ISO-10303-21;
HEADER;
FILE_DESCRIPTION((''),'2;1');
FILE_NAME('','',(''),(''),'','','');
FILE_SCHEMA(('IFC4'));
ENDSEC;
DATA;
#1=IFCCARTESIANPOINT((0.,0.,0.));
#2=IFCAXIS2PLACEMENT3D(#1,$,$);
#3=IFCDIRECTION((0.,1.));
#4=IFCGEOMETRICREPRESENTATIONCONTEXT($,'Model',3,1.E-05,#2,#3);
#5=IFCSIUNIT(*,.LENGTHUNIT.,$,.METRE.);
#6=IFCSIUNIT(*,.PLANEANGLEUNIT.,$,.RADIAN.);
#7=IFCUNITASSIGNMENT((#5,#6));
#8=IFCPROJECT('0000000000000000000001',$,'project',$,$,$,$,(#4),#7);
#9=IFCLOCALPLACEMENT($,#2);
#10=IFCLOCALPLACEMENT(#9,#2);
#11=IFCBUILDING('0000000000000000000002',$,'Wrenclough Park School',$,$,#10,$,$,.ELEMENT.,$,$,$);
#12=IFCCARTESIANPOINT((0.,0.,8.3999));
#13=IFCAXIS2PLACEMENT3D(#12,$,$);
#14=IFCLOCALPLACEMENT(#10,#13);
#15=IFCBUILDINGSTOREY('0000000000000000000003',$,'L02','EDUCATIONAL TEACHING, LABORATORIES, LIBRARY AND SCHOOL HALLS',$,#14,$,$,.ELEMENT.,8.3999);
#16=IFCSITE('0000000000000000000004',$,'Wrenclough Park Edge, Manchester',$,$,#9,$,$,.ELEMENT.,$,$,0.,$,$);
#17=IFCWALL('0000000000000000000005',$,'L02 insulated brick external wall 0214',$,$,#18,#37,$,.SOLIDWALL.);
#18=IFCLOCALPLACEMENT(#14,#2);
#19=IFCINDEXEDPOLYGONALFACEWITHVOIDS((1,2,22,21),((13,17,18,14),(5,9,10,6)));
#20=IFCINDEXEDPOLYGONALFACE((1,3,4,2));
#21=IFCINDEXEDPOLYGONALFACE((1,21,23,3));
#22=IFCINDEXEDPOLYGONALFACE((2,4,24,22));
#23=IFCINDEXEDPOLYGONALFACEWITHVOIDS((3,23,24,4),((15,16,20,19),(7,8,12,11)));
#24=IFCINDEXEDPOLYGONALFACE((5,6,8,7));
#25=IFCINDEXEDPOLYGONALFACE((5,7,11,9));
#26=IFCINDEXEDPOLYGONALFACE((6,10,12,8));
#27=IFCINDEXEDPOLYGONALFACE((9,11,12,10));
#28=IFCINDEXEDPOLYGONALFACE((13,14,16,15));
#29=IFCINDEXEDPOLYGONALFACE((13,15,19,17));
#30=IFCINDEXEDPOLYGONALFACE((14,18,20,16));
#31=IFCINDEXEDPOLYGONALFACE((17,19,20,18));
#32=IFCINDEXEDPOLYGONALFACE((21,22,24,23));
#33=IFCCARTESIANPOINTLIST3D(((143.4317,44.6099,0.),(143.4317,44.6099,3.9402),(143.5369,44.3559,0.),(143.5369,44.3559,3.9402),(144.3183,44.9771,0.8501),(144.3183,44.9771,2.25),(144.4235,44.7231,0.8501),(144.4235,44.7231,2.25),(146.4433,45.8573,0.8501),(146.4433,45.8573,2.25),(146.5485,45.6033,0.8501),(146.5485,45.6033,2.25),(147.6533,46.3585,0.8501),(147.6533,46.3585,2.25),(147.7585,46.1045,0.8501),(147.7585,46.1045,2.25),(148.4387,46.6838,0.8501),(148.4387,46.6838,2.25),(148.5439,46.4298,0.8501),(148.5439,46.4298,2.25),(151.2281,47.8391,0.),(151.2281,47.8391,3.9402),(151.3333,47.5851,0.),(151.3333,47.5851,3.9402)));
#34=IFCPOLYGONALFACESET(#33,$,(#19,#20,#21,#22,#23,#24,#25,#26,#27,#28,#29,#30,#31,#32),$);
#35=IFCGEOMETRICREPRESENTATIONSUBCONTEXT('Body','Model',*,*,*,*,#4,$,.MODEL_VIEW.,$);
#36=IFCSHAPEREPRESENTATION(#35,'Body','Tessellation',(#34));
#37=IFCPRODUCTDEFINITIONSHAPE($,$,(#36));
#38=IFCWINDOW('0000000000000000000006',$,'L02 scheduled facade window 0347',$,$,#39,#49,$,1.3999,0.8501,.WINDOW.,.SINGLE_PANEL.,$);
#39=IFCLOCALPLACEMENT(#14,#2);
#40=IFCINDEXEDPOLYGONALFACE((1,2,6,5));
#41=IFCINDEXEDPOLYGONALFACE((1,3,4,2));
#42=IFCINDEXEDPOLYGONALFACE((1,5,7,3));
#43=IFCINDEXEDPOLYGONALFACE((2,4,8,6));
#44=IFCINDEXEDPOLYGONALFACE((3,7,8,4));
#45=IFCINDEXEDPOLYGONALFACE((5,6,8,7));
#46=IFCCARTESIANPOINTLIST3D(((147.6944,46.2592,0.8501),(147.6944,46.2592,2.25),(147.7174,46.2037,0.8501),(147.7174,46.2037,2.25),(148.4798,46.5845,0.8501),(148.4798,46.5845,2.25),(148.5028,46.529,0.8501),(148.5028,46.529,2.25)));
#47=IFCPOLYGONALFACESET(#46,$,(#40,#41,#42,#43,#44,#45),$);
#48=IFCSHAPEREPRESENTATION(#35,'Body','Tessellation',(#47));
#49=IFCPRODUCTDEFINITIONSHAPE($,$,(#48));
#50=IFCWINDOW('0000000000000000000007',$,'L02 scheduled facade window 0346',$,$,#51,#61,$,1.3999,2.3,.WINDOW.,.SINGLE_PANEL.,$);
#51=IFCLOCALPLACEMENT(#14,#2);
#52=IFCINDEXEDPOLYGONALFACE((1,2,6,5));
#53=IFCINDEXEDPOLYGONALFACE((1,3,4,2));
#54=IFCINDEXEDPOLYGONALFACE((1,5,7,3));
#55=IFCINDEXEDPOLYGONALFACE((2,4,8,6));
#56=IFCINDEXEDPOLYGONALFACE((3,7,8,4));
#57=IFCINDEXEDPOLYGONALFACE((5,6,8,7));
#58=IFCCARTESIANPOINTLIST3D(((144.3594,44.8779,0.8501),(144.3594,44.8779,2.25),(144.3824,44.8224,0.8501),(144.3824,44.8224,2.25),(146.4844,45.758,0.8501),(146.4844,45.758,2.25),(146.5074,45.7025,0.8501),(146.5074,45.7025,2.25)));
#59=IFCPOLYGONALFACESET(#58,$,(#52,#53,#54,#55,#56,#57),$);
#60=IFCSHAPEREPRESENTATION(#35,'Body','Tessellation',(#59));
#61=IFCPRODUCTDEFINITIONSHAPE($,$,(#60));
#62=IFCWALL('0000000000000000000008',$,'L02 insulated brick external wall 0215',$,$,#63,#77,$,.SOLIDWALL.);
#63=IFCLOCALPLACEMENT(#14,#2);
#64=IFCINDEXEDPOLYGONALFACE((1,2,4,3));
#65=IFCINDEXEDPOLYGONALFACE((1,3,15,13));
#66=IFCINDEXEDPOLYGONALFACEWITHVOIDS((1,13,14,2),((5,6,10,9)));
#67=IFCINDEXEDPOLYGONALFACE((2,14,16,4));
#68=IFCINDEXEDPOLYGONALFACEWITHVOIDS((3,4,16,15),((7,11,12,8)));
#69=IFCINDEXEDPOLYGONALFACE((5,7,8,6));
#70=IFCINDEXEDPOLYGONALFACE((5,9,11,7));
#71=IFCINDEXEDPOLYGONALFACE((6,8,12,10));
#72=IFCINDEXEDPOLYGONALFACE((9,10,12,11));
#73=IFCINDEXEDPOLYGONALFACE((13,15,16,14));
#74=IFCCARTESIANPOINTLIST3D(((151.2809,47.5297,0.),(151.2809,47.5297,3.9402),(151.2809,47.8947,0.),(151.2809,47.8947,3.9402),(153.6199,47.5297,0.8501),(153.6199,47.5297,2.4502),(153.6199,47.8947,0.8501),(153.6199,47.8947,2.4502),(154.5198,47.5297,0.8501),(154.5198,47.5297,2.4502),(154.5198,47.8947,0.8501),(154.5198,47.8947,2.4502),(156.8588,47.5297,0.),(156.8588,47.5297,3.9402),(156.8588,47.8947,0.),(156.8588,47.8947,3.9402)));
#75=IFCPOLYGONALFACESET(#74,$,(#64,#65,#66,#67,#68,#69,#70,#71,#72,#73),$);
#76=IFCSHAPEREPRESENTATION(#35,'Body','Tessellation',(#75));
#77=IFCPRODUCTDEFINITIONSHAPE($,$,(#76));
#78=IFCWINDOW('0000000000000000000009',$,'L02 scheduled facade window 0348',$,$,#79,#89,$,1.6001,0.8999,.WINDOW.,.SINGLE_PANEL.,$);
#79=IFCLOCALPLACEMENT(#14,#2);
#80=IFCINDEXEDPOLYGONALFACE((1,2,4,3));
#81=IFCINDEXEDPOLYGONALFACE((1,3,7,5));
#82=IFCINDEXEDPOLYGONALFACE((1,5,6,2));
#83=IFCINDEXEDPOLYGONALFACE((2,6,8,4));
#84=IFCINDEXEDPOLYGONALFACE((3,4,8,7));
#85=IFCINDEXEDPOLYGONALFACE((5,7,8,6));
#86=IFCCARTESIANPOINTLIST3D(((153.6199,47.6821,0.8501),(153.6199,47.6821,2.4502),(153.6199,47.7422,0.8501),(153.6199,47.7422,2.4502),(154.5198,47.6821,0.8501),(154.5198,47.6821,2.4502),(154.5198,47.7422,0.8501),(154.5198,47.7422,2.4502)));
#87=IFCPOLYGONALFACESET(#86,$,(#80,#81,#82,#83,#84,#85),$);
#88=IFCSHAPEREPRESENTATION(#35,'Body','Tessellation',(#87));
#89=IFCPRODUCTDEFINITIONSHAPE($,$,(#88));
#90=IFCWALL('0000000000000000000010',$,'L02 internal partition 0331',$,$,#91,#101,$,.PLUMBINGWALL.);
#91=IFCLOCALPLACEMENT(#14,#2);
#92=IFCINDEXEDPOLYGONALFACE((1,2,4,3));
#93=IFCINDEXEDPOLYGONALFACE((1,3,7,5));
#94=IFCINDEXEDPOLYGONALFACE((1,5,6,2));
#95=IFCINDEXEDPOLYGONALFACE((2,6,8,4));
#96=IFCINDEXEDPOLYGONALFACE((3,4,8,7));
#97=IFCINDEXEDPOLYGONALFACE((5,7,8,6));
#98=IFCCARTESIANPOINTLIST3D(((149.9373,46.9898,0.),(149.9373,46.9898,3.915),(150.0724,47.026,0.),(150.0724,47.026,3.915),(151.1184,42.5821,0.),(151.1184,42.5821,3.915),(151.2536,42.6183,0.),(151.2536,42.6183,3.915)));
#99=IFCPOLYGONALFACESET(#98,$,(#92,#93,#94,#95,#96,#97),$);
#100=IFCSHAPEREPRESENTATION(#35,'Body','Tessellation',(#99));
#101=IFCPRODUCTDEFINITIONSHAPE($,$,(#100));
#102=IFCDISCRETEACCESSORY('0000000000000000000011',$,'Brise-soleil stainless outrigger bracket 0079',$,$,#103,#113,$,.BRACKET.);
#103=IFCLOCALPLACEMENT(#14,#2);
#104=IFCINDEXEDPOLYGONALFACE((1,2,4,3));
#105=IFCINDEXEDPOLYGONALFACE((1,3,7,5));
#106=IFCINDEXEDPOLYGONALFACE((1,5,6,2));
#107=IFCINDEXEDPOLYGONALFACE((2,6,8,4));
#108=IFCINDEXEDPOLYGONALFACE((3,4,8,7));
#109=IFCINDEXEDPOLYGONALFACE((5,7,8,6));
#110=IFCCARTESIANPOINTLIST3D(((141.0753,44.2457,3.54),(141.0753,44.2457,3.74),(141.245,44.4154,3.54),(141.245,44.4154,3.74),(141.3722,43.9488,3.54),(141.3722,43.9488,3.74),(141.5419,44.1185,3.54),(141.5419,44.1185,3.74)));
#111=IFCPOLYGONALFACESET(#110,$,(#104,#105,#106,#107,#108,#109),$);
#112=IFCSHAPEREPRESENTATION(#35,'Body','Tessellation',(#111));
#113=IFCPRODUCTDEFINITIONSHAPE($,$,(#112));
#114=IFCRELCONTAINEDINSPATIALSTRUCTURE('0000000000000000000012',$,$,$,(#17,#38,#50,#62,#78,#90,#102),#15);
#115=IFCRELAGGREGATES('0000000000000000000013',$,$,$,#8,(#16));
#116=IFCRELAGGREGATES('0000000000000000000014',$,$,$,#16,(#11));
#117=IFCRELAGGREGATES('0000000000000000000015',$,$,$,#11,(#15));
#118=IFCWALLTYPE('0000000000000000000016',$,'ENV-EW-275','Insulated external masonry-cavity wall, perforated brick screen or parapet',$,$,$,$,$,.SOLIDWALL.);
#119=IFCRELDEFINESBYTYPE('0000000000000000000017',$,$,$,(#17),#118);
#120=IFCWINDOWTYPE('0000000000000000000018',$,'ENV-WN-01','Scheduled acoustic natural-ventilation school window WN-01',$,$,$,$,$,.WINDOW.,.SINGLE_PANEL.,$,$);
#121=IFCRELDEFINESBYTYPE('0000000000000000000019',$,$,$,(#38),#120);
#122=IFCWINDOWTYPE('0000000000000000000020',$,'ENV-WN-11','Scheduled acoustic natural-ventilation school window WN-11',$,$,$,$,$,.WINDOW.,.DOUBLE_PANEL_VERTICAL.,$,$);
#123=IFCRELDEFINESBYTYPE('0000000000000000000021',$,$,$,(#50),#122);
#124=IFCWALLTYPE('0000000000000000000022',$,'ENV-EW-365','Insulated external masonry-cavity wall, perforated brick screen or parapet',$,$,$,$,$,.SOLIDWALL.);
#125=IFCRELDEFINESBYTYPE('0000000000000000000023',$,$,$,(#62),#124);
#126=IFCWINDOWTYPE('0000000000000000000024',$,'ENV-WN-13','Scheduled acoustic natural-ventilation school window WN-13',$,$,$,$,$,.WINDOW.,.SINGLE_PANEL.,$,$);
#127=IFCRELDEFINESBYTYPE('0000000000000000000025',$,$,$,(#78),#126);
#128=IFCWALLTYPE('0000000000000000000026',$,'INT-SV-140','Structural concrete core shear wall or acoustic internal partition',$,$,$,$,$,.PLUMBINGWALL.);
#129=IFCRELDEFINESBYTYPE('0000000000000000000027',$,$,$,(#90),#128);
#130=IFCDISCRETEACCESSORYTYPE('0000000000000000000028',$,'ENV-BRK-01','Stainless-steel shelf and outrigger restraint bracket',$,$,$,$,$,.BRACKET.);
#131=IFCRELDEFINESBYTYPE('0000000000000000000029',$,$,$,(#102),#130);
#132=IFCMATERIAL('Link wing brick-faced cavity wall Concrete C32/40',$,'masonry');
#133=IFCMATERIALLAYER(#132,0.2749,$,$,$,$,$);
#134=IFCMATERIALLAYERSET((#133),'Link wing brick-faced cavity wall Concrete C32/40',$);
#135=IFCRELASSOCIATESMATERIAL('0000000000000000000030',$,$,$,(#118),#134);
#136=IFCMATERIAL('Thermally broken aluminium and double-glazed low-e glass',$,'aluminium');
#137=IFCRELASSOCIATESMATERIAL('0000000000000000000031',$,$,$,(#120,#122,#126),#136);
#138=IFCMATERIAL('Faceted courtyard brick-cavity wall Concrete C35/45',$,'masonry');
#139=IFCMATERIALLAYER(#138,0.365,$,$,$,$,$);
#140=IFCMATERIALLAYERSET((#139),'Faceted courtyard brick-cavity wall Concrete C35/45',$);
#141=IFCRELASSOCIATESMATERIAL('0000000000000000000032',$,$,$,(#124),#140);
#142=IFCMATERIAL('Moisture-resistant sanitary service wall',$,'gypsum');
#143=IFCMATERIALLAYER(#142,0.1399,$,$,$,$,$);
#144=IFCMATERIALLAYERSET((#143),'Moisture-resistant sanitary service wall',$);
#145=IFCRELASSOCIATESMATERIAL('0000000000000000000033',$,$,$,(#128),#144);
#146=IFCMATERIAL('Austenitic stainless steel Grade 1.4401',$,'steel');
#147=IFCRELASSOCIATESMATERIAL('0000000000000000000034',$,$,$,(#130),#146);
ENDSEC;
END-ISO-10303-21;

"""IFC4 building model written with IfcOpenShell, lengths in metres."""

from ifc_helpers import new_model, si_unit, direction, frame, frame_2d, origin, origin_2d, place, context, subcontext, project, spatial, rectangle, extrude, material, layer, layer_set, type_object, element, fill, save


model = new_model("IFC4")

# Units and contexts
model_context = context("Model", 3, precision=1e-05, world=origin(), true_north=direction((0.0, 1.0)))
body_context = subcontext(model_context, "Body", "Model", "MODEL_VIEW")
ifc_project = project(units=[si_unit("LENGTHUNIT", "METRE"), si_unit("PLANEANGLEUNIT", "RADIAN")], contexts=[model_context])

# Site, building, storey
site_placement = place(None, origin())
site = spatial("IfcSite", under=ifc_project, at=site_placement, Name="Wrenclough Park Edge, Manchester", CompositionType="ELEMENT", RefElevation=0.0)
building_placement = place(site_placement, origin())
building = spatial("IfcBuilding", under=site, at=building_placement, Name="Wrenclough Park School", CompositionType="ELEMENT")
storey_placement = place(building_placement, frame((0.0, 0.0, 8.3999)))
storey = spatial("IfcBuildingStorey", under=building, at=storey_placement, Name="L02", Description="EDUCATIONAL TEACHING, LABORATORIES, LIBRARY AND SCHOOL HALLS", CompositionType="ELEMENT", Elevation=8.3999)

# Wall, openings, windows
ifc_material_1 = material(Name="Link wing brick-faced cavity wall Concrete C32/40", Category="masonry")
ifc_layer_1 = layer(ifc_material_1, 0.2749)
ifc_layer_set_1 = layer_set([ifc_layer_1], Name="Link wing brick-faced cavity wall Concrete C32/40")
wall_type_1 = type_object("IfcWallType", Name="ENV-EW-275", Description="Insulated external masonry-cavity wall, perforated brick screen or parapet", PredefinedType="SOLIDWALL", material=ifc_layer_set_1)
wall_1_placement = place(storey_placement, frame((143.4844, 44.4829, 0.0), z_axis=(0.0, 0.0, 1.0), x_axis=(0.923885, 0.382671, 0.0)))
wall_1 = element("IfcWall", 1, at=wall_1_placement, inside=storey, type_object=wall_type_1, Name="L02 insulated brick external wall 0214", PredefinedType="SOLIDWALL", context=body_context, shape_type="SweptSolid", body=[
    extrude(rectangle(XDim=8.4387, YDim=0.2749, at=frame_2d((4.2192, 0.0))), origin(), (0.0, 0.0, 1.0), 3.9402),
])
opening_1_placement = place(wall_1_placement, frame((0.9597, 0.0, 0.8501)))
opening_1 = element("IfcOpeningElement", 2, at=opening_1_placement, cuts=wall_1, PredefinedType="OPENING", context=body_context, shape_type="SweptSolid", body=[
    extrude(rectangle(XDim=2.3, YDim=1.3999, at=frame_2d((1.1499, 0.7))), frame((0.0, 0.1475, 0.0), z_axis=(0.0, -1.0, 0.0), x_axis=(1.0, 0.0, 0.0)), (0.0, 0.0, 1.0), 0.2949),
])
opening_2_placement = place(wall_1_placement, frame((4.5693, 0.0, 0.8501)))
opening_2 = element("IfcOpeningElement", 3, at=opening_2_placement, cuts=wall_1, PredefinedType="OPENING", context=body_context, shape_type="SweptSolid", body=[
    extrude(rectangle(XDim=0.8501, YDim=1.3999, at=frame_2d((0.425, 0.7))), frame((0.0, 0.1475, 0.0), z_axis=(0.0, -1.0, 0.0), x_axis=(1.0, 0.0, 0.0)), (0.0, 0.0, 1.0), 0.2949),
])
ifc_material_2 = material(Name="Thermally broken aluminium and double-glazed low-e glass", Category="aluminium")
window_type_1 = type_object("IfcWindowType", Name="ENV-WN-01", Description="Scheduled acoustic natural-ventilation school window WN-01", PartitioningType="SINGLE_PANEL", PredefinedType="WINDOW", material=ifc_material_2)
window_1_placement = place(opening_2_placement, origin())
window_1 = element("IfcWindow", 4, at=window_1_placement, inside=storey, type_object=window_type_1, Name="L02 scheduled facade window 0347", OverallHeight=1.3999, OverallWidth=0.8501, PartitioningType="SINGLE_PANEL", PredefinedType="WINDOW", context=body_context, shape_type="SweptSolid", body=[
    extrude(rectangle(XDim=0.8501, YDim=1.3999, at=frame_2d((0.425, 0.7))), frame((0.0, 0.03, 0.0), z_axis=(0.0, -1.0, 0.0), x_axis=(1.0, 0.0, 0.0)), (0.0, 0.0, 1.0), 0.0601),
])
fill(opening_2, window_1)
window_type_2 = type_object("IfcWindowType", Name="ENV-WN-11", Description="Scheduled acoustic natural-ventilation school window WN-11", PartitioningType="DOUBLE_PANEL_VERTICAL", PredefinedType="WINDOW", material=ifc_material_2)
window_2_placement = place(opening_1_placement, origin())
window_2 = element("IfcWindow", 5, at=window_2_placement, inside=storey, type_object=window_type_2, Name="L02 scheduled facade window 0346", OverallHeight=1.3999, OverallWidth=2.3, PartitioningType="SINGLE_PANEL", PredefinedType="WINDOW", context=body_context, shape_type="SweptSolid", body=[
    extrude(rectangle(XDim=2.3, YDim=1.3999, at=frame_2d((1.1499, 0.7))), frame((0.0, 0.03, 0.0), z_axis=(0.0, -1.0, 0.0), x_axis=(1.0, 0.0, 0.0)), (0.0, 0.0, 1.0), 0.0601),
])
fill(opening_1, window_2)

# Wall, opening, window
ifc_material_3 = material(Name="Faceted courtyard brick-cavity wall Concrete C35/45", Category="masonry")
ifc_layer_2 = layer(ifc_material_3, 0.365)
ifc_layer_set_2 = layer_set([ifc_layer_2], Name="Faceted courtyard brick-cavity wall Concrete C35/45")
wall_type_2 = type_object("IfcWallType", Name="ENV-EW-365", Description="Insulated external masonry-cavity wall, perforated brick screen or parapet", PredefinedType="SOLIDWALL", material=ifc_layer_set_2)
wall_2_placement = place(storey_placement, frame((151.2808, 47.7122, 0.0), z_axis=(0.0, 0.0, 1.0), x_axis=(1.0, 0.0, 0.0)))
wall_2 = element("IfcWall", 6, at=wall_2_placement, inside=storey, type_object=wall_type_2, Name="L02 insulated brick external wall 0215", PredefinedType="SOLIDWALL", context=body_context, shape_type="SweptSolid", body=[
    extrude(rectangle(XDim=5.5779, YDim=0.365, at=frame_2d((2.7891, 0.0))), origin(), (0.0, 0.0, 1.0), 3.9402),
])
opening_3_placement = place(wall_2_placement, frame((2.3391, 0.0, 0.8501)))
opening_3 = element("IfcOpeningElement", 7, at=opening_3_placement, cuts=wall_2, PredefinedType="OPENING", context=body_context, shape_type="SweptSolid", body=[
    extrude(rectangle(XDim=0.8999, YDim=1.6001, at=frame_2d((0.45, 0.8))), frame((0.0, 0.1924, 0.0), z_axis=(0.0, -1.0, 0.0), x_axis=(1.0, 0.0, 0.0)), (0.0, 0.0, 1.0), 0.385),
])
window_type_3 = type_object("IfcWindowType", Name="ENV-WN-13", Description="Scheduled acoustic natural-ventilation school window WN-13", PartitioningType="SINGLE_PANEL", PredefinedType="WINDOW", material=ifc_material_2)
window_3_placement = place(opening_3_placement, origin())
window_3 = element("IfcWindow", 8, at=window_3_placement, inside=storey, type_object=window_type_3, Name="L02 scheduled facade window 0348", OverallHeight=1.6001, OverallWidth=0.8999, PartitioningType="SINGLE_PANEL", PredefinedType="WINDOW", context=body_context, shape_type="SweptSolid", body=[
    extrude(rectangle(XDim=0.8999, YDim=1.6001, at=frame_2d((0.45, 0.8))), frame((0.0, 0.03, 0.0), z_axis=(0.0, -1.0, 0.0), x_axis=(1.0, 0.0, 0.0)), (0.0, 0.0, 1.0), 0.0601),
])
fill(opening_3, window_3)

# Wall
ifc_material_4 = material(Name="Moisture-resistant sanitary service wall", Category="gypsum")
ifc_layer_3 = layer(ifc_material_4, 0.1399)
ifc_layer_set_3 = layer_set([ifc_layer_3], Name="Moisture-resistant sanitary service wall")
wall_type_3 = type_object("IfcWallType", Name="INT-SV-140", Description="Structural concrete core shear wall or acoustic internal partition", PredefinedType="PLUMBINGWALL", material=ifc_layer_set_3)
wall_3_placement = place(storey_placement, frame((151.186, 42.6001, 0.0), z_axis=(0.0, 0.0, 1.0), x_axis=(-0.258841, 0.96592, 0.0)))
element("IfcWall", 9, at=wall_3_placement, inside=storey, type_object=wall_type_3, Name="L02 internal partition 0331", PredefinedType="PLUMBINGWALL", context=body_context, shape_type="SweptSolid", body=[
    extrude(rectangle(XDim=4.5632, YDim=0.1399, at=frame_2d((2.2817, 0.0))), origin(), (0.0, 0.0, 1.0), 3.915),
])

# Discrete accessory
ifc_material_5 = material(Name="Austenitic stainless steel Grade 1.4401", Category="steel")
discrete_accessory_type = type_object("IfcDiscreteAccessoryType", Name="ENV-BRK-01", Description="Stainless-steel shelf and outrigger restraint bracket", PredefinedType="BRACKET", material=ifc_material_5)
discrete_accessory_placement = place(storey_placement, frame((141.3086, 44.1821, 3.54), z_axis=(0.0, 0.0, 1.0), x_axis=(-0.707107, -0.707107, 0.0)))
element("IfcDiscreteAccessory", 10, at=discrete_accessory_placement, inside=storey, type_object=discrete_accessory_type, Name="Brise-soleil stainless outrigger bracket 0079", PredefinedType="BRACKET", context=body_context, shape_type="SweptSolid", body=[
    extrude(rectangle(XDim=0.24, YDim=0.4199, at=origin_2d()), origin(), (0.0, 0.0, 1.0), 0.2),
])

save(model, "model.ifc")
